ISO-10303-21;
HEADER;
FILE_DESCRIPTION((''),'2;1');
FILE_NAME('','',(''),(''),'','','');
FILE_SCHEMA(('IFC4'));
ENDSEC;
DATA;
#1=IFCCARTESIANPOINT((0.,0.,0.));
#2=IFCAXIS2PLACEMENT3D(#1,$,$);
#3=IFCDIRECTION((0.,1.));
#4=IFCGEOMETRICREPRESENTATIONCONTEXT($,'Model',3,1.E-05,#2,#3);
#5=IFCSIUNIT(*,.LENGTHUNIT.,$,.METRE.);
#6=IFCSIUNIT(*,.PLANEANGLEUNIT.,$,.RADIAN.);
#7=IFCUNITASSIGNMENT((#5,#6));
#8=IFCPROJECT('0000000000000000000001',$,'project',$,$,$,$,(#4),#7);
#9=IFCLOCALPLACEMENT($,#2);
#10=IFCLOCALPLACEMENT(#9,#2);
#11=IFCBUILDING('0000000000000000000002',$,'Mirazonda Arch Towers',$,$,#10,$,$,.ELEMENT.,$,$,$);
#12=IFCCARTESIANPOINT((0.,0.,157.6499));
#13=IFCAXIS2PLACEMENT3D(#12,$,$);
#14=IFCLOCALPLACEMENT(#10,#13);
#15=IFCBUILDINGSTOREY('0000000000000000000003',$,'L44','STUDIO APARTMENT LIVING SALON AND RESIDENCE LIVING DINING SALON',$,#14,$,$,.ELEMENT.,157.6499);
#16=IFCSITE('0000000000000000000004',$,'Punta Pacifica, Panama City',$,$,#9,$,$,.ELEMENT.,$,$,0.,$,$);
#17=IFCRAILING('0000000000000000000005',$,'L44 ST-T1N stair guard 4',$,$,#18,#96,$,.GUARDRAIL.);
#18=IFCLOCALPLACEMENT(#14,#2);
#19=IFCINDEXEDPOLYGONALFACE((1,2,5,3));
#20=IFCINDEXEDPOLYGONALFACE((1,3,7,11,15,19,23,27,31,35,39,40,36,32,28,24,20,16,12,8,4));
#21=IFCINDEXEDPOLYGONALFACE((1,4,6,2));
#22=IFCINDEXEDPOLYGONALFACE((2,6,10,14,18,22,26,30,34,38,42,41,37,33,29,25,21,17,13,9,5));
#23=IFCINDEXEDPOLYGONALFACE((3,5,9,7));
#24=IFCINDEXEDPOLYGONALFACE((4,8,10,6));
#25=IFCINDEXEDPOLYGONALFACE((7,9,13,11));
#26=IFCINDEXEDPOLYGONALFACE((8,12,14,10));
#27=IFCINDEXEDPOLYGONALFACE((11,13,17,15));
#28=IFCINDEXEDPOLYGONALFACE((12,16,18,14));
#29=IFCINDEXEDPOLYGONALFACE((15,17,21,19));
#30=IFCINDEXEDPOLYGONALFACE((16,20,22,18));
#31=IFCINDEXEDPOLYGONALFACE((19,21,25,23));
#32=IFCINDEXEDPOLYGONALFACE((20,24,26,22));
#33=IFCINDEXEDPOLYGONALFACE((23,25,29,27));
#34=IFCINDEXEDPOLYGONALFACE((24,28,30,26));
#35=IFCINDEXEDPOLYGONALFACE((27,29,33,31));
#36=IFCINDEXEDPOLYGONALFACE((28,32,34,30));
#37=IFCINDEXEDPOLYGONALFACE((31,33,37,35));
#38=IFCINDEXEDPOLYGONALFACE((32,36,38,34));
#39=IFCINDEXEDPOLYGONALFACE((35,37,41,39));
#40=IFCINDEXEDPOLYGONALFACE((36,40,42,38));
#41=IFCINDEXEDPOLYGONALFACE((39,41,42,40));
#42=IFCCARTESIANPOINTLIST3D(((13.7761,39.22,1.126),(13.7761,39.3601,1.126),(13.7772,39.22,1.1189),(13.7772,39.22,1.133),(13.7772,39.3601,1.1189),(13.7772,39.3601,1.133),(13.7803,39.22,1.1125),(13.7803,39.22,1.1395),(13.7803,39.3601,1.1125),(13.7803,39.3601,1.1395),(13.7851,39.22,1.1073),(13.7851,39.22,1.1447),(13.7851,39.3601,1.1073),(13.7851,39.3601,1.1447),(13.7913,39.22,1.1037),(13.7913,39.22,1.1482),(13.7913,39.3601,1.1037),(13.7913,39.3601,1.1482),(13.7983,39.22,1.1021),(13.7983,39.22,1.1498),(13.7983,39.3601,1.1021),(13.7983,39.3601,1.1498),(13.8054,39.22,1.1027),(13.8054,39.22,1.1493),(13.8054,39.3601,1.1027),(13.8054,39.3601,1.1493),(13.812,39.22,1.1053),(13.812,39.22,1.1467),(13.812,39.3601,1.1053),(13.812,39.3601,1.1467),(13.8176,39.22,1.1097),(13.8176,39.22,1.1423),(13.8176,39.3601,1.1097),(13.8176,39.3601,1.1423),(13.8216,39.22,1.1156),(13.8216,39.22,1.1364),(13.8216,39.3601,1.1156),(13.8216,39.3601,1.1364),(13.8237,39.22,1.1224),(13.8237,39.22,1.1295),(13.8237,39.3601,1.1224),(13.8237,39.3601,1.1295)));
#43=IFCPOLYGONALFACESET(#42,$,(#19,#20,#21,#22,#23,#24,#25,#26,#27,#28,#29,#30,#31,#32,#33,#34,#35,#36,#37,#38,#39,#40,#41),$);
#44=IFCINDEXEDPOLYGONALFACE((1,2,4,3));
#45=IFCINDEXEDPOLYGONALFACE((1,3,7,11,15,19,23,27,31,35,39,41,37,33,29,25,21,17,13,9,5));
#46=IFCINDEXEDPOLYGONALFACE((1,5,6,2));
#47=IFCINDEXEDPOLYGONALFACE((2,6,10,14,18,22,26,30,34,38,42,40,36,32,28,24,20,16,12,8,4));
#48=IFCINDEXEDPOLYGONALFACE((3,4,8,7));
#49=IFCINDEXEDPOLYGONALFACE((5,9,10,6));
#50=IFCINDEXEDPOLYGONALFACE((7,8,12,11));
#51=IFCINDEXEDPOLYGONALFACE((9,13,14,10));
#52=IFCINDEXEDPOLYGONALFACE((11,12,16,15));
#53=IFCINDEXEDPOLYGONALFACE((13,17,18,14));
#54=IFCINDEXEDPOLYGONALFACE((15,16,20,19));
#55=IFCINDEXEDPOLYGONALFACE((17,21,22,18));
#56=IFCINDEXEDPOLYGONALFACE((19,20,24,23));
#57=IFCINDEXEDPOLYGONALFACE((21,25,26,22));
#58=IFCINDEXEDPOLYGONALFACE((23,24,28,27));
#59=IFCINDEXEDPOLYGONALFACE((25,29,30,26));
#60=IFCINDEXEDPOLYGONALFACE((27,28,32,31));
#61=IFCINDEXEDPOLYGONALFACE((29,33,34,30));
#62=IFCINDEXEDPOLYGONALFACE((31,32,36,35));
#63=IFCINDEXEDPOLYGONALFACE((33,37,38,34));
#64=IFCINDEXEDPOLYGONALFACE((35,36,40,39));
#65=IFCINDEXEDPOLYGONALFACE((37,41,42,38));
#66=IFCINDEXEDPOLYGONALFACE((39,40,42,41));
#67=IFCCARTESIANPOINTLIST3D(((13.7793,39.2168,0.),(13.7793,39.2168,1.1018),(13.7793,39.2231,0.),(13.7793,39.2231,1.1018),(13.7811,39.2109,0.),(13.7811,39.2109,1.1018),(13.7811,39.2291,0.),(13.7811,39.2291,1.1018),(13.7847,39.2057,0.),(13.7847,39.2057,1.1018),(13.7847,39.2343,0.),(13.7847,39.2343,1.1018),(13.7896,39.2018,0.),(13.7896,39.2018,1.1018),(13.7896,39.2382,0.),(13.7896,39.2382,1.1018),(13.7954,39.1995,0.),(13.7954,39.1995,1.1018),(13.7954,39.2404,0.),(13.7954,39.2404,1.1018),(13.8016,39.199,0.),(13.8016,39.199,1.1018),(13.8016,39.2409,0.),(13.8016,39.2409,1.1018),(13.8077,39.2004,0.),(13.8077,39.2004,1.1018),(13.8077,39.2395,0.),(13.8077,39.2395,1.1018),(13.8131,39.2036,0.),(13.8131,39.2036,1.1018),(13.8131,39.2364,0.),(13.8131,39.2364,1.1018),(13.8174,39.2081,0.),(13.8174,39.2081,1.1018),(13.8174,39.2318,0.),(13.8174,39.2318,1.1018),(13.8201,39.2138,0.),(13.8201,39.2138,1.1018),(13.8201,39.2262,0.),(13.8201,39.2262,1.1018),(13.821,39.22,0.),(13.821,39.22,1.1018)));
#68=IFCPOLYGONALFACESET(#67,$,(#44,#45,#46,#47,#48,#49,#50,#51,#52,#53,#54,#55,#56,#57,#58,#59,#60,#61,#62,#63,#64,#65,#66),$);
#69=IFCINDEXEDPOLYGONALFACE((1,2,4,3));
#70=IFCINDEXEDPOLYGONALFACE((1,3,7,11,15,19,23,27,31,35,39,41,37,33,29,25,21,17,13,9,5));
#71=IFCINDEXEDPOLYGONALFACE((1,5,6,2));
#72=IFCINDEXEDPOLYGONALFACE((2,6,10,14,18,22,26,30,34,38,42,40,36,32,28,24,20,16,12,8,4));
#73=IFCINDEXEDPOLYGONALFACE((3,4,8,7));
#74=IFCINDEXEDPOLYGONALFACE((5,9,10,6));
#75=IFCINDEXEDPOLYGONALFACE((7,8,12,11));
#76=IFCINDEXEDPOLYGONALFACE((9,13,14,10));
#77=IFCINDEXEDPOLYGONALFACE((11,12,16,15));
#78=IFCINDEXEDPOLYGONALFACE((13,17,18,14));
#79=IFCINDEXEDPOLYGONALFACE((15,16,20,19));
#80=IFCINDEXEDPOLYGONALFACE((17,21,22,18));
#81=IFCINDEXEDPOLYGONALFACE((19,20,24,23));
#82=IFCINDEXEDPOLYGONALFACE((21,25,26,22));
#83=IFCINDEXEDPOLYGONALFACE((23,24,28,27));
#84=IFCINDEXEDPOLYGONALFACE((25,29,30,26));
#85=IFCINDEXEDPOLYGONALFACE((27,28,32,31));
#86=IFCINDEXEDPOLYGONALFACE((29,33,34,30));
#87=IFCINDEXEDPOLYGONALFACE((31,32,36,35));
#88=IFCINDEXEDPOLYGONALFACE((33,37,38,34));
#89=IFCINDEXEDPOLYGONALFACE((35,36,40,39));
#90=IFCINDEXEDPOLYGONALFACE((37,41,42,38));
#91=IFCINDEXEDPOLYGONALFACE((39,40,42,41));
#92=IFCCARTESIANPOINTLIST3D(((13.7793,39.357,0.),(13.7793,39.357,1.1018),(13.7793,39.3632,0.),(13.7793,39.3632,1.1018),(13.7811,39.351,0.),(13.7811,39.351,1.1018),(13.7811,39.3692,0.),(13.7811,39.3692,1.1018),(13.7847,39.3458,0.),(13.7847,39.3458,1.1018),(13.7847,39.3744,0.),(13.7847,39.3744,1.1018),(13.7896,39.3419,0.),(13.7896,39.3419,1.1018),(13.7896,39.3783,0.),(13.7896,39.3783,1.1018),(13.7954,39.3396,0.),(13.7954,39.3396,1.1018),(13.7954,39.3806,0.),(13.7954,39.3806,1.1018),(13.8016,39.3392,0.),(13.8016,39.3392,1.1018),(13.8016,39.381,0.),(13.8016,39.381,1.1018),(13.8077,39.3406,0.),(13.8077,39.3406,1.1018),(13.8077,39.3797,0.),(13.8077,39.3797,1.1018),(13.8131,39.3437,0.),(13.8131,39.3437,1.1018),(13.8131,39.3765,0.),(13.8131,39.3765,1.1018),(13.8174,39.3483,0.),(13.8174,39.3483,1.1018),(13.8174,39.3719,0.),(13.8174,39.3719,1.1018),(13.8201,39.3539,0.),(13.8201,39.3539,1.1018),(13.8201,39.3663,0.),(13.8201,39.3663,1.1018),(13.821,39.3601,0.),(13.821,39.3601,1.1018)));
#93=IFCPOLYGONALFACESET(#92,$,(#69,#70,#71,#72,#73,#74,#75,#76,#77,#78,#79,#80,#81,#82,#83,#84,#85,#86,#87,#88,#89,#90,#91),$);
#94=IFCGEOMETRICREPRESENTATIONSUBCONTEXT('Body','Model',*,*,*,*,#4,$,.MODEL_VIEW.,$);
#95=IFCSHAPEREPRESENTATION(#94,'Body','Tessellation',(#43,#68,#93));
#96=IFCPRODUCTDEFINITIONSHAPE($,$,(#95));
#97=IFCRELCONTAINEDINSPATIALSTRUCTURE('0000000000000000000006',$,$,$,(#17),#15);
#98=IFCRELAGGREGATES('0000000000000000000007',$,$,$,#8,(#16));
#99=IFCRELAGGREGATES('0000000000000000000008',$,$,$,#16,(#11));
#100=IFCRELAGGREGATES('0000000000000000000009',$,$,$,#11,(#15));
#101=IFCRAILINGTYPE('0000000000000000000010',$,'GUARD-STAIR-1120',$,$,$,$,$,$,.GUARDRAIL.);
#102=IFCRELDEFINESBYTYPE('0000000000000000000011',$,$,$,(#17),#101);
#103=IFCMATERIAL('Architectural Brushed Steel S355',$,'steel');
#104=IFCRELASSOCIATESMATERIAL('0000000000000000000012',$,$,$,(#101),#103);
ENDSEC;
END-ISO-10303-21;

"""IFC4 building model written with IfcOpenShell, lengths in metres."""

from ifc_helpers import new_model, si_unit, direction, frame, origin, origin_2d, place, context, subcontext, project, spatial, circle, extrude, material, type_object, element, save


model = new_model("IFC4")

# Units and contexts
model_context = context("Model", 3, precision=1e-05, world=origin(), true_north=direction((0.0, 1.0)))
body_context = subcontext(model_context, "Body", "Model", "MODEL_VIEW")
ifc_project = project(units=[si_unit("LENGTHUNIT", "METRE"), si_unit("PLANEANGLEUNIT", "RADIAN")], contexts=[model_context])

# Site, building, storey
site_placement = place(None, origin())
site = spatial("IfcSite", under=ifc_project, at=site_placement, Name="Punta Pacifica, Panama City", CompositionType="ELEMENT", RefElevation=0.0)
building_placement = place(site_placement, origin())
building = spatial("IfcBuilding", under=site, at=building_placement, Name="Mirazonda Arch Towers", CompositionType="ELEMENT")
storey_placement = place(building_placement, frame((0.0, 0.0, 157.6499)))
storey = spatial("IfcBuildingStorey", under=building, at=storey_placement, Name="L44", Description="STUDIO APARTMENT LIVING SALON AND RESIDENCE LIVING DINING SALON", CompositionType="ELEMENT", Elevation=157.6499)

# Shared definitions
ifc_material_1 = material(Name="Architectural Brushed Steel S355", Category="steel")

# Railing
railing_type_1 = type_object("IfcRailingType", Name="GUARD-STAIR-1120", PredefinedType="GUARDRAIL", material=ifc_material_1)
railing_1_placement = place(storey_placement, frame((13.8, 39.22, 0.0)))
element("IfcRailing", 1, at=railing_1_placement, inside=storey, type_object=railing_type_1, Name="L44 ST-T1N stair guard 4", PredefinedType="GUARDRAIL", context=body_context, shape_type="SweptSolid", body=[
    extrude(circle(Radius=0.0239, at=origin_2d()), frame((0.0, 0.0, 1.126), z_axis=(0.0, 1.0, 0.0), x_axis=(-1.0, 0.0, 0.0)), (0.0, 0.0, 1.0), 0.1401),
    extrude(circle(Radius=0.021, at=origin_2d()), origin(), (0.0, 0.0, 1.0), 1.1018),
    extrude(circle(Radius=0.021, at=origin_2d()), frame((0.0, 0.1401, 0.0)), (0.0, 0.0, 1.0), 1.1018),
])

save(model, "model.ifc")
